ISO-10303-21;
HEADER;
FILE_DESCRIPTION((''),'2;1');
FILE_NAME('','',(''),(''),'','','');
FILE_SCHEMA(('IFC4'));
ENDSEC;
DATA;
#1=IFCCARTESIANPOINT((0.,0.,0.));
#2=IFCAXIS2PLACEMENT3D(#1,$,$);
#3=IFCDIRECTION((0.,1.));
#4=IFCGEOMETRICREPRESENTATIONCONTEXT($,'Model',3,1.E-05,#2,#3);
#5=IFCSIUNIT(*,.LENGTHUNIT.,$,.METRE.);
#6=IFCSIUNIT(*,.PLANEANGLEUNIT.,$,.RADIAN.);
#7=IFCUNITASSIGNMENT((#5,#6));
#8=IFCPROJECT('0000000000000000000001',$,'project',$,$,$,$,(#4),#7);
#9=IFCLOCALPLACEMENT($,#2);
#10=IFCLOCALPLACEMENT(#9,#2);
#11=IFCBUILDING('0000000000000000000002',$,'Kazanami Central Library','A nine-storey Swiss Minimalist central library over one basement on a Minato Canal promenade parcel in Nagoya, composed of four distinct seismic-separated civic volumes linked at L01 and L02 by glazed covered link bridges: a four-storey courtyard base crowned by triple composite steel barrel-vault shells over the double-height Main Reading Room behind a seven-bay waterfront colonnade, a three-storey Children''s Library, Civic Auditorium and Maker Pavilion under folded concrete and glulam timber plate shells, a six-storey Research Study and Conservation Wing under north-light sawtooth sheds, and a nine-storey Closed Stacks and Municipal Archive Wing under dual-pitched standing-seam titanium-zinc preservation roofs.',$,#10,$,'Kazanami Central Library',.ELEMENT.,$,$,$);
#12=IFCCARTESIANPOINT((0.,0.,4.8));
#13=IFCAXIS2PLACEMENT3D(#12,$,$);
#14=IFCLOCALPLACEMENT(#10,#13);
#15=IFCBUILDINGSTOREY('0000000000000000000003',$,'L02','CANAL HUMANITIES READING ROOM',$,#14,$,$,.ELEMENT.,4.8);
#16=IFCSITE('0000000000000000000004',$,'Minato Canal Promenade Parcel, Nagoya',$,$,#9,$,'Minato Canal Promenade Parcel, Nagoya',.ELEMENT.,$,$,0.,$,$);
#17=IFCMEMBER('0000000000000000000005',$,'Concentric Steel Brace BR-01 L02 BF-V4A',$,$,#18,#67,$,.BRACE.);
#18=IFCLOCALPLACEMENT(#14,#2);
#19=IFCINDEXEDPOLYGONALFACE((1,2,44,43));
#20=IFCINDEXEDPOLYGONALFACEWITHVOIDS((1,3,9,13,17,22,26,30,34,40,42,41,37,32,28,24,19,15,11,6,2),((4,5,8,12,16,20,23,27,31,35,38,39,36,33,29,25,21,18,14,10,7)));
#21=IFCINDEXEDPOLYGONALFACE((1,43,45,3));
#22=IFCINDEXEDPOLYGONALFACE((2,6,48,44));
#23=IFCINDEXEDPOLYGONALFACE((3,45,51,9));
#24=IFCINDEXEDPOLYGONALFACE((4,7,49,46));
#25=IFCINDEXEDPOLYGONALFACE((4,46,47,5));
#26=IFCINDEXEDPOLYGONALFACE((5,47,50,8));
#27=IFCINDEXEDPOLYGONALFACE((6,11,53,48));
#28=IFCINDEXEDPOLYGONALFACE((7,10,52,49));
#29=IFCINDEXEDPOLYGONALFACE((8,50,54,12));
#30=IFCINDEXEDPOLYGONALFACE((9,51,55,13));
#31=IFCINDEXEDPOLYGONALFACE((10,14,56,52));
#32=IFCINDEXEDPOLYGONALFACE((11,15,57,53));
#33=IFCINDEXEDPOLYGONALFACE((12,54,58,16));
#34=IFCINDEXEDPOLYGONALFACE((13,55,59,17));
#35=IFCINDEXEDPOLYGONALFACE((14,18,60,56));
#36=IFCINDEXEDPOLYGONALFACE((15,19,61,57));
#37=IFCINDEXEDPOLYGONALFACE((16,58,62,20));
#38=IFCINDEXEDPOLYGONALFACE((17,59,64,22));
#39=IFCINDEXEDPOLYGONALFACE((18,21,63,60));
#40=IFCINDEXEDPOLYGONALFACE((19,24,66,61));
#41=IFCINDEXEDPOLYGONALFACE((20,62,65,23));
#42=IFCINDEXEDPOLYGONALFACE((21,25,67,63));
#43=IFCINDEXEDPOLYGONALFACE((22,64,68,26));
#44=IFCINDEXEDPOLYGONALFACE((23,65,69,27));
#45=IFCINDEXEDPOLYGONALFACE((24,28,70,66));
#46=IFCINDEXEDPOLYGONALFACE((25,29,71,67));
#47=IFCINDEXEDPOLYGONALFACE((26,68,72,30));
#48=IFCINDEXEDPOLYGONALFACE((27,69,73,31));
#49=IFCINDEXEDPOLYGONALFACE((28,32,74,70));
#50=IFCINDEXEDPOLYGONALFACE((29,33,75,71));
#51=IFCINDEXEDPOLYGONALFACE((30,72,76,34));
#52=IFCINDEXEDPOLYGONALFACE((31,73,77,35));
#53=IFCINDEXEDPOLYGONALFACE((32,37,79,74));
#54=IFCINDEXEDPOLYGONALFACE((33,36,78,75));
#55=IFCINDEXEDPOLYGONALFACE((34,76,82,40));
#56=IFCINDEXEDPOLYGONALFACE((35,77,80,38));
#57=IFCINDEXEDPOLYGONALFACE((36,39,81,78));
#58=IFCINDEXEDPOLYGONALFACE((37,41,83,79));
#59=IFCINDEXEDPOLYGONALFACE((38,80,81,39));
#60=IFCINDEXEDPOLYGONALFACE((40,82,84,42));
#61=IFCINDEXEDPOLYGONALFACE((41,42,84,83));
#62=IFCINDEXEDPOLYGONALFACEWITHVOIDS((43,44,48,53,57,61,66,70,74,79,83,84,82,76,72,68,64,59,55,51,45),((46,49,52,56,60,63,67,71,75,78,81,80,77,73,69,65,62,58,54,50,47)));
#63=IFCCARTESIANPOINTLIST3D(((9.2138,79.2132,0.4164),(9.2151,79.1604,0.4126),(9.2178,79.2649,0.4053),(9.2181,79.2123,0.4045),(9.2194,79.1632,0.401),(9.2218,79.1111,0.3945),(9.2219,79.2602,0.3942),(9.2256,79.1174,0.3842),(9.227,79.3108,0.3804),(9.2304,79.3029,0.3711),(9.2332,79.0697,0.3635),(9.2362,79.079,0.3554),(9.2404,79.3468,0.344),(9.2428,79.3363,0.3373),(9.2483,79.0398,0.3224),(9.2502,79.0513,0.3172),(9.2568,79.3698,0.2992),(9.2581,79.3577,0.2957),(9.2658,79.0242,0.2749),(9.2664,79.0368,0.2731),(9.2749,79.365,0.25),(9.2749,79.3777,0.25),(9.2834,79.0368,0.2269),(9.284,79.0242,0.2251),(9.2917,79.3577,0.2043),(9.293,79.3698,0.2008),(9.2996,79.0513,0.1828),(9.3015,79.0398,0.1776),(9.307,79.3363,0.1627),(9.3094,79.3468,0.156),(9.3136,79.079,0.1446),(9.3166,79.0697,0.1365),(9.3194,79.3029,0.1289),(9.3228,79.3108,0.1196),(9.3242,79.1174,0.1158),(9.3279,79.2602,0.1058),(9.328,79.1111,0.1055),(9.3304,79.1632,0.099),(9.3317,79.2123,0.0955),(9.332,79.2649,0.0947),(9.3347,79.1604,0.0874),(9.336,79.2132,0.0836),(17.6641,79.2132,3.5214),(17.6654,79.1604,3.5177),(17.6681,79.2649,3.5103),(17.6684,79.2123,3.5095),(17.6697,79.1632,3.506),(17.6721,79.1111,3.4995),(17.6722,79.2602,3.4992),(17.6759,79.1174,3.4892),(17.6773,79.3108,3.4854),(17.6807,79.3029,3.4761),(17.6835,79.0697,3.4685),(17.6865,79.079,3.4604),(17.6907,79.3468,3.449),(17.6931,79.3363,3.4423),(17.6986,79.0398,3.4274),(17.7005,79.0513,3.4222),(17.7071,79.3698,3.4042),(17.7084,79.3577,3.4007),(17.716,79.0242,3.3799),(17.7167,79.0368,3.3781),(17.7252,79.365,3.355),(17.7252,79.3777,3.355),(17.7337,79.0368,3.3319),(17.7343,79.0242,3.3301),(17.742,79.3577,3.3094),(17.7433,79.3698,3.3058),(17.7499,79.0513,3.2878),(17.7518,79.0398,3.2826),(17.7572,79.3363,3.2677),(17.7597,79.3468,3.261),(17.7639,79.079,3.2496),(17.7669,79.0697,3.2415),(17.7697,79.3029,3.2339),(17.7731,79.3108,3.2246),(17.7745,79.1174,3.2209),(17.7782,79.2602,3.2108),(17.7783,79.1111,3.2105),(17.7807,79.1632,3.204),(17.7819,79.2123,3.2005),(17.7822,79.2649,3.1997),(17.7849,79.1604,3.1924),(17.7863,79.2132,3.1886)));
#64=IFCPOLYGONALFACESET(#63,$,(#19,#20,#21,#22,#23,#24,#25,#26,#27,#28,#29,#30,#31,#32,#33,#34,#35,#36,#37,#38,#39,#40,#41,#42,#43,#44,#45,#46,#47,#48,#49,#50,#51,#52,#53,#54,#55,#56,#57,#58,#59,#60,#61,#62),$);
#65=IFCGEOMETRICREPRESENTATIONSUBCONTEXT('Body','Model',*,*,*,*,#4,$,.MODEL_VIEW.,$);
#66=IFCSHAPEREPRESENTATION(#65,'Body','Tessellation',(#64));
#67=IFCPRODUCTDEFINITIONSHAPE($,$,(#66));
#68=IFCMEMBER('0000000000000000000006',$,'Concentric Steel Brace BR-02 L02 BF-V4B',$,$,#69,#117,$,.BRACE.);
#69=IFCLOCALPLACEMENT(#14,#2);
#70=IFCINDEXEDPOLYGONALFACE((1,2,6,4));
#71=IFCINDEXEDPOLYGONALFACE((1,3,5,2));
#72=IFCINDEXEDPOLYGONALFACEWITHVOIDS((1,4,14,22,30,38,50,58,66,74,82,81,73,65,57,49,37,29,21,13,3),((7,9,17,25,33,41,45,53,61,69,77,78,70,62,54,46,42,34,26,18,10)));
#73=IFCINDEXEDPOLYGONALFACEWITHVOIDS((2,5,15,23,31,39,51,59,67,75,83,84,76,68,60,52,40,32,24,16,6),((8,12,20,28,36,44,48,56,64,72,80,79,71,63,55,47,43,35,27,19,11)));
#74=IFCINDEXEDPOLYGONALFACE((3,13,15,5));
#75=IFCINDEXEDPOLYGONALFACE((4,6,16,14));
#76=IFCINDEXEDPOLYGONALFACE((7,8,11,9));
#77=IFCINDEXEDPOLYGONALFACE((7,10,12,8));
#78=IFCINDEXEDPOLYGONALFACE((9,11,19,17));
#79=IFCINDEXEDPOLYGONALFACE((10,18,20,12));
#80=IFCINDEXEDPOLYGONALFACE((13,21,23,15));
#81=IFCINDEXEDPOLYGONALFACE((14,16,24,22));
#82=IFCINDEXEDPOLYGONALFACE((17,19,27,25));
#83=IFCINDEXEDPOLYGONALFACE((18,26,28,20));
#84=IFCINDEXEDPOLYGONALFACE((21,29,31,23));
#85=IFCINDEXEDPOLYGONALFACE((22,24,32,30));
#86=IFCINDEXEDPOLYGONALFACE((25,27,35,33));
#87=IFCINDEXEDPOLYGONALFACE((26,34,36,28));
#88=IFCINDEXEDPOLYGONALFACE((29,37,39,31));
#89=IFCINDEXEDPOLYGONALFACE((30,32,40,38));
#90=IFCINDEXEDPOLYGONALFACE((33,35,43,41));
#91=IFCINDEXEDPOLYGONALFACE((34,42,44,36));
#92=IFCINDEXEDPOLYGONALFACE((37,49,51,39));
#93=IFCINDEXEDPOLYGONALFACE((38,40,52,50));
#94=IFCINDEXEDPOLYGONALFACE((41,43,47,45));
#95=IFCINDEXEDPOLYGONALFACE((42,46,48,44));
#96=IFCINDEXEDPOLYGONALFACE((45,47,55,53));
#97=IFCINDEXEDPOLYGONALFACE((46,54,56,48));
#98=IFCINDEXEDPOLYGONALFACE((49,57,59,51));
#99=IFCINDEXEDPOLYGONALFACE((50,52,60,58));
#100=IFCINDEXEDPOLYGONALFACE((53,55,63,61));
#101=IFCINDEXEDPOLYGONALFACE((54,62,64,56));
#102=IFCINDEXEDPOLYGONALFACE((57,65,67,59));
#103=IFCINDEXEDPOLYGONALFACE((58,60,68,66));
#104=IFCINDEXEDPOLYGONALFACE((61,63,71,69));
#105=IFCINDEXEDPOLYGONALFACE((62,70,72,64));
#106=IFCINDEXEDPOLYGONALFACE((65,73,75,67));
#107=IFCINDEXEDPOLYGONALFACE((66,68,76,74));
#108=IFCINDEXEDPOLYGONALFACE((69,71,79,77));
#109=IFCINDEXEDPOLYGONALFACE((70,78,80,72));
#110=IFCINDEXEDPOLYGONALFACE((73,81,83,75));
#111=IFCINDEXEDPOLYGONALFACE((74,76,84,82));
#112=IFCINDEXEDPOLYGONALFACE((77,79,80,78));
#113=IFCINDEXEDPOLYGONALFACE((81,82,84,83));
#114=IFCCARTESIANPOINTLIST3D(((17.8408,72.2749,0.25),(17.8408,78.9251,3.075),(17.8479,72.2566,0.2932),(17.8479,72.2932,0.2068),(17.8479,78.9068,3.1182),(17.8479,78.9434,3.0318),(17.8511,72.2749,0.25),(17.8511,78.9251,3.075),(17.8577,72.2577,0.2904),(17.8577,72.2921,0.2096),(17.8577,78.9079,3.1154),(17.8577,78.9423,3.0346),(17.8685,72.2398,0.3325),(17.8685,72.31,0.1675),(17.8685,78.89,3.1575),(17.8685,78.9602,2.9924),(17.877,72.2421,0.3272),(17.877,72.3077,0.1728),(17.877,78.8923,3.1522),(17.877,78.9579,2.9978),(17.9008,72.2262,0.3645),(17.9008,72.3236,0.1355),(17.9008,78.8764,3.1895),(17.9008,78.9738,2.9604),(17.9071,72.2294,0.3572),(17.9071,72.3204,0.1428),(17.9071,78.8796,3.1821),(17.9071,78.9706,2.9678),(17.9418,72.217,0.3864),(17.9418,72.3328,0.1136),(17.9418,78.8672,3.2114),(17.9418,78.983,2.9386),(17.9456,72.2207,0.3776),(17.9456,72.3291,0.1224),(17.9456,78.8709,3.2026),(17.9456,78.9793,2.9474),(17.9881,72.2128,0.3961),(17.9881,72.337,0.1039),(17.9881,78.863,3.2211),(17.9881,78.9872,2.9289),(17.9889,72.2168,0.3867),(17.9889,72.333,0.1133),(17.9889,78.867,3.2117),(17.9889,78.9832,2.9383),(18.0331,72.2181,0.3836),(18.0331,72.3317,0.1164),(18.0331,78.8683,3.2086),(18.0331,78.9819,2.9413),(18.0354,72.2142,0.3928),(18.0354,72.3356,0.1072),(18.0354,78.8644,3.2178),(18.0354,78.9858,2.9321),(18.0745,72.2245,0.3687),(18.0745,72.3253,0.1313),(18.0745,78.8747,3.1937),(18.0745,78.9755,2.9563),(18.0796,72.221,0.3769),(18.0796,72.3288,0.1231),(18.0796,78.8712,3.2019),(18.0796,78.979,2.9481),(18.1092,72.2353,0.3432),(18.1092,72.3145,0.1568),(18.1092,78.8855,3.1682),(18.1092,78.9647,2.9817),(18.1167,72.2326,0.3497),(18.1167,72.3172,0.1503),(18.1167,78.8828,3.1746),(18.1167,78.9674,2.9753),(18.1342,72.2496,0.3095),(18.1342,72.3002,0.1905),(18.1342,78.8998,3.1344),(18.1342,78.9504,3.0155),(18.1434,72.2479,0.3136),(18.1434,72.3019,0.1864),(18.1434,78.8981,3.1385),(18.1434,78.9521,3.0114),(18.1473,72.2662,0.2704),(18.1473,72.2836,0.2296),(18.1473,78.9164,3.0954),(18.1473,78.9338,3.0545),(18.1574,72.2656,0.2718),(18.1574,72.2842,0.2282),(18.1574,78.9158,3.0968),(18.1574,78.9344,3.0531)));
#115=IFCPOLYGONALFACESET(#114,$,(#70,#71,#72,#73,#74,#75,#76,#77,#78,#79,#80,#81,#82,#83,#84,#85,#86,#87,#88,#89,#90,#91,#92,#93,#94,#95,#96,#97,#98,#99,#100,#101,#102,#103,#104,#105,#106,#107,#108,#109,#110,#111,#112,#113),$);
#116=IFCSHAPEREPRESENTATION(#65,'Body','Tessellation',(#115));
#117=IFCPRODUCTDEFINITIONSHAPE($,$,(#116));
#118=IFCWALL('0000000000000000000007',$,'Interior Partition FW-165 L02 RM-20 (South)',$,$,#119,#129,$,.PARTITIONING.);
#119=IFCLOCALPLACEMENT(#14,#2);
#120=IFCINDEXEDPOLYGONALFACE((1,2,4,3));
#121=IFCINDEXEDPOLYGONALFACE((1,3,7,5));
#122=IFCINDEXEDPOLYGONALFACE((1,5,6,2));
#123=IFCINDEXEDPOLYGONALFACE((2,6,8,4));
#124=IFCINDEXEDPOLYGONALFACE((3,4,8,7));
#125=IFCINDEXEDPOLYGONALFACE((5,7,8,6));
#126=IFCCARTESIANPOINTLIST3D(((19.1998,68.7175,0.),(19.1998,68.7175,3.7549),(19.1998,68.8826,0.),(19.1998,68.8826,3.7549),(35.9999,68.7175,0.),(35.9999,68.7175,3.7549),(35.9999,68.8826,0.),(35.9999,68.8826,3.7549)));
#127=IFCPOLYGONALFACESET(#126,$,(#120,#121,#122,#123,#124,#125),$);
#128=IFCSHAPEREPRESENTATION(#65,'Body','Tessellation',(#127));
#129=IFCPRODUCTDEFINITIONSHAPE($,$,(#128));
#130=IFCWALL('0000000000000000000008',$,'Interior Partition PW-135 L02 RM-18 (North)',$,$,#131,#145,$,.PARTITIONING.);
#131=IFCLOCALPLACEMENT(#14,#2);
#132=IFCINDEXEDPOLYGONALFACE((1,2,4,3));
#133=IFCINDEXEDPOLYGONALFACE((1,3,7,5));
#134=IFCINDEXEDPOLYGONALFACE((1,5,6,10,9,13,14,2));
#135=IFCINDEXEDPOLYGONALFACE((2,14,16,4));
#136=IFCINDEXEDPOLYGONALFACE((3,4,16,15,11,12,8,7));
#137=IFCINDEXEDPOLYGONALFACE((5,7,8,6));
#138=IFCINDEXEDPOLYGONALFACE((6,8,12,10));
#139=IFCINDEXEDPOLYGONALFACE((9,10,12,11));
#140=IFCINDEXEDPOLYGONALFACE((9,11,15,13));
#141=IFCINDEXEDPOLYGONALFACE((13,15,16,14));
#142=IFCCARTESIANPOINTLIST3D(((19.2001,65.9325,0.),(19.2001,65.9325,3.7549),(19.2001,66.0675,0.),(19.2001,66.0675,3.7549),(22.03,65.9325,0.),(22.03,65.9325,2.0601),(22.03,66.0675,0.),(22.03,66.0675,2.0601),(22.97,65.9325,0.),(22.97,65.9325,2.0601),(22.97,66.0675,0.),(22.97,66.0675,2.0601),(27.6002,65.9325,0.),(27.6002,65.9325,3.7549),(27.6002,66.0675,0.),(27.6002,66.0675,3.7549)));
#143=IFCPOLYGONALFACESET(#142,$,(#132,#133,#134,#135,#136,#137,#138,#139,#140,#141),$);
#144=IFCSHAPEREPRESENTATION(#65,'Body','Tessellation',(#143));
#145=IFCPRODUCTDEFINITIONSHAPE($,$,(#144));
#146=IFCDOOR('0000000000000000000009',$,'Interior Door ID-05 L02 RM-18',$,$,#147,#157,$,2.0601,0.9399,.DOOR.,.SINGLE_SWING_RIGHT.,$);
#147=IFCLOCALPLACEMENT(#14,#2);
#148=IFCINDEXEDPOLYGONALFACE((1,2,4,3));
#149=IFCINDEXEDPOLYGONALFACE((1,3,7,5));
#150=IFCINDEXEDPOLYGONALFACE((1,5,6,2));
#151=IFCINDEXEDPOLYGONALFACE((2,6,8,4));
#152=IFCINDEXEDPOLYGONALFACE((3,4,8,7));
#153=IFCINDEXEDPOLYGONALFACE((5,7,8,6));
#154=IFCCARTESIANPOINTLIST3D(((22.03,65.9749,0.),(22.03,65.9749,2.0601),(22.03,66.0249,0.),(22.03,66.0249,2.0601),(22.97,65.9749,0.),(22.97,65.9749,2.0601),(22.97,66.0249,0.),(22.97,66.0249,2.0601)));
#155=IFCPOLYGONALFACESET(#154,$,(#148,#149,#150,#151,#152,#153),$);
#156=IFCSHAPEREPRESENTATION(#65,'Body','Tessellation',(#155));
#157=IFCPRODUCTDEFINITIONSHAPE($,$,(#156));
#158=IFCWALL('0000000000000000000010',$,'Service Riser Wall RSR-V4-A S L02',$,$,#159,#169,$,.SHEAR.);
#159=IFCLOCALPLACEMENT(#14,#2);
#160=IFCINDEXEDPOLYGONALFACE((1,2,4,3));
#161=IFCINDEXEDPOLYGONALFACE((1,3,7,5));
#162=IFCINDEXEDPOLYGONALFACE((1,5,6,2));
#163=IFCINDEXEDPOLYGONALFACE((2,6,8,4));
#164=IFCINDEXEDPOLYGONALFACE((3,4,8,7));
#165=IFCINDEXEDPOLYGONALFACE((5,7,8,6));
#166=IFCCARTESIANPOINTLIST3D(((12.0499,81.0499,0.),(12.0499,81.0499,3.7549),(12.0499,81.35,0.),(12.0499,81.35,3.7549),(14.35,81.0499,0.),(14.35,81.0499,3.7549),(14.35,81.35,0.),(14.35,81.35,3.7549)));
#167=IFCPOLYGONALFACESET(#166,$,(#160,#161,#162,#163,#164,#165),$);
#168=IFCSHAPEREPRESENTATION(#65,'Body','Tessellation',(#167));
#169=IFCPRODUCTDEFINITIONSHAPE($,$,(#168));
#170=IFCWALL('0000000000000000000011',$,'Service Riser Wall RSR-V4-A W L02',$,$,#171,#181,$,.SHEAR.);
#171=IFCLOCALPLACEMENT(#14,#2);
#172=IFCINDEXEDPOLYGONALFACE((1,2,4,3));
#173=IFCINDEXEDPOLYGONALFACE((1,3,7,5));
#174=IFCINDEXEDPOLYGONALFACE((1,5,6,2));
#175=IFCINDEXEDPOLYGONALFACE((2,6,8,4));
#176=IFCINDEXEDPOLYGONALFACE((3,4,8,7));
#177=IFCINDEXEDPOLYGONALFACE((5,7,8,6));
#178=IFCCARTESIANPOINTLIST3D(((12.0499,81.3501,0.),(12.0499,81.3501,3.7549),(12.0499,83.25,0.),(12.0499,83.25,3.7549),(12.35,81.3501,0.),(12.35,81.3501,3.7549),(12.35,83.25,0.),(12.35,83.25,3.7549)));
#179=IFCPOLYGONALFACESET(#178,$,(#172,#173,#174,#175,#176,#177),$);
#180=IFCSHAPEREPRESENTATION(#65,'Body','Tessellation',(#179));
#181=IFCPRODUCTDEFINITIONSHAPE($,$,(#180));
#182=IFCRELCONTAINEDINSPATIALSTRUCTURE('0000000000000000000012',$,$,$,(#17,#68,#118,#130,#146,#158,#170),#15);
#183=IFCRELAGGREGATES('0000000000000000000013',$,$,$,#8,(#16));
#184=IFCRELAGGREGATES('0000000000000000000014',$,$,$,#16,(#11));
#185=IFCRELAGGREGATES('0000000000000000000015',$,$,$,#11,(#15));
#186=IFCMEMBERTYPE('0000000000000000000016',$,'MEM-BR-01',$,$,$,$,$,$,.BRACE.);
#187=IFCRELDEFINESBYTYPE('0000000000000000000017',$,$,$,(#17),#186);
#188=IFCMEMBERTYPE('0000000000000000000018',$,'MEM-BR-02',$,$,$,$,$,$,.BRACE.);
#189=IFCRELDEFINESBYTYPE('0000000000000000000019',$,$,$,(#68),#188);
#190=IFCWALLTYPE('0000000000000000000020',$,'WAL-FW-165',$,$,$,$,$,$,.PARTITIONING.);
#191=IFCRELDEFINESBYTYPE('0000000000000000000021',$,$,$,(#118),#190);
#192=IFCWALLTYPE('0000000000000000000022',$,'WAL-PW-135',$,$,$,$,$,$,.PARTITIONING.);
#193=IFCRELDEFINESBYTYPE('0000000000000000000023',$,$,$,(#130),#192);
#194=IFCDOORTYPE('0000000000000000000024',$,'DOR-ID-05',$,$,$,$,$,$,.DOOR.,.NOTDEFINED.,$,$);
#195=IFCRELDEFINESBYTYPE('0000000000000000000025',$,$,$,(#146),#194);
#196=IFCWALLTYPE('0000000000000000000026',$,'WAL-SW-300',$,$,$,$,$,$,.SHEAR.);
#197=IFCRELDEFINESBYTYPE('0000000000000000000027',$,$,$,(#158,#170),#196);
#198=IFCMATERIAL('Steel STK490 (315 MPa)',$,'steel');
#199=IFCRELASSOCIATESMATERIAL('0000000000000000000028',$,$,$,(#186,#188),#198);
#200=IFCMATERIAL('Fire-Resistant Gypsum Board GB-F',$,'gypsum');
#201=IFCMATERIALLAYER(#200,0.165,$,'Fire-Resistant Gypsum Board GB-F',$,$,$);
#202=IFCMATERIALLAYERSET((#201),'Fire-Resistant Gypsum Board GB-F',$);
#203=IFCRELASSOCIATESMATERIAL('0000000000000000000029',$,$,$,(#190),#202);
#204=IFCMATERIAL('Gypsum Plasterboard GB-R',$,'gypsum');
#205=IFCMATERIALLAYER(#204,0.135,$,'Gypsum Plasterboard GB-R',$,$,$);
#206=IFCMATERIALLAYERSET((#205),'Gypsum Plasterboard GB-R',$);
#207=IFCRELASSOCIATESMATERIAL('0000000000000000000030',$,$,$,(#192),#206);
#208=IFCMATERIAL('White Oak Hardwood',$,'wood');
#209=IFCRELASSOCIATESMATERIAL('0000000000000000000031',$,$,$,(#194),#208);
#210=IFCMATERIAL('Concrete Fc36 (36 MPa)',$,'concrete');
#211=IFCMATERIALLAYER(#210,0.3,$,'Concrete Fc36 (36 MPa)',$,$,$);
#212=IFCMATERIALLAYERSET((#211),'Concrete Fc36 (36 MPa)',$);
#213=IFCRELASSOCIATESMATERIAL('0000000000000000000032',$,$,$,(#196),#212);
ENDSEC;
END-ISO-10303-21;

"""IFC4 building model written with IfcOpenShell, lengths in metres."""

from ifc_helpers import new_model, si_unit, direction, frame, frame_2d, origin, origin_2d, place, context, subcontext, project, spatial, rectangle, hollow_circle, extrude, material, layer, layer_set, material_profile, profile_set, type_object, element, fill, save


model = new_model("IFC4")

# Units and contexts
model_context = context("Model", 3, precision=1e-05, world=origin(), true_north=direction((0.0, 1.0)))
body_context = subcontext(model_context, "Body", "Model", "MODEL_VIEW")
ifc_project = project(units=[si_unit("LENGTHUNIT", "METRE"), si_unit("PLANEANGLEUNIT", "RADIAN")], contexts=[model_context])

# Site, building, storey
site_placement = place(None, origin())
site = spatial("IfcSite", under=ifc_project, at=site_placement, Name="Minato Canal Promenade Parcel, Nagoya", LongName="Minato Canal Promenade Parcel, Nagoya", CompositionType="ELEMENT", RefElevation=0.0)
building_placement = place(site_placement, origin())
building = spatial("IfcBuilding", under=site, at=building_placement, Name="Kazanami Central Library", Description="A nine-storey Swiss Minimalist central library over one basement on a Minato Canal promenade parcel in Nagoya, composed of four distinct seismic-separated civic volumes linked at L01 and L02 by glazed covered link bridges: a four-storey courtyard base crowned by triple composite steel barrel-vault shells over the double-height Main Reading Room behind a seven-bay waterfront colonnade, a three-storey Children's Library, Civic Auditorium and Maker Pavilion under folded concrete and glulam timber plate shells, a six-storey Research Study and Conservation Wing under north-light sawtooth sheds, and a nine-storey Closed Stacks and Municipal Archive Wing under dual-pitched standing-seam titanium-zinc preservation roofs.", LongName="Kazanami Central Library", CompositionType="ELEMENT")
storey_placement = place(building_placement, frame((0.0, 0.0, 4.8)))
storey = spatial("IfcBuildingStorey", under=building, at=storey_placement, Name="L02", Description="CANAL HUMANITIES READING ROOM", CompositionType="ELEMENT", Elevation=4.8)

# Members
ifc_material_1 = material(Name="Steel STK490 (315 MPa)", Category="steel")
ifc_material_profile_1 = material_profile(ifc_material_1, hollow_circle(Radius=0.1777, WallThickness=0.0127, at=origin_2d()), Name="CHS-355.6x12.7")
ifc_profile_set_1 = profile_set([ifc_material_profile_1], Name="Steel STK490 (315 MPa)")
member_type_1 = type_object("IfcMemberType", Name="MEM-BR-01", PredefinedType="BRACE", material=ifc_profile_set_1)
member_1_placement = place(storey_placement, frame((9.2749, 79.2, 0.25), z_axis=(0.93864, 0.0, 0.344898), x_axis=(0.0, 1.0, 0.0)))
element("IfcMember", 1, at=member_1_placement, inside=storey, type_object=member_type_1, Name="Concentric Steel Brace BR-01 L02 BF-V4A", PredefinedType="BRACE", context=body_context, shape_type="SweptSolid", body=[
    extrude(hollow_circle(Radius=0.1777, WallThickness=0.0127, at=origin_2d()), origin(), (0.0, 0.0, 1.0), 9.0027),
])
ifc_material_profile_2 = material_profile(ifc_material_1, hollow_circle(Radius=0.1592, WallThickness=0.0103, at=origin_2d()), Name="CHS-318.5x10.3")
ifc_profile_set_2 = profile_set([ifc_material_profile_2], Name="Steel STK490 (315 MPa)")
member_type_2 = type_object("IfcMemberType", Name="MEM-BR-02", PredefinedType="BRACE", material=ifc_profile_set_2)
member_2_placement = place(storey_placement, frame((18.0, 72.2749, 0.25), z_axis=(0.0, 0.920399, 0.390981), x_axis=(-1.0, 0.0, 0.0)))
element("IfcMember", 2, at=member_2_placement, inside=storey, type_object=member_type_2, Name="Concentric Steel Brace BR-02 L02 BF-V4B", PredefinedType="BRACE", context=body_context, shape_type="SweptSolid", body=[
    extrude(hollow_circle(Radius=0.1592, WallThickness=0.0103, at=origin_2d()), origin(), (0.0, 0.0, 1.0), 7.2253),
])

# Wall
ifc_material_2 = material(Name="Fire-Resistant Gypsum Board GB-F", Category="gypsum")
ifc_layer_1 = layer(ifc_material_2, 0.165, Name="Fire-Resistant Gypsum Board GB-F")
ifc_layer_set_1 = layer_set([ifc_layer_1], Name="Fire-Resistant Gypsum Board GB-F")
wall_type_1 = type_object("IfcWallType", Name="WAL-FW-165", PredefinedType="PARTITIONING", material=ifc_layer_set_1)
wall_1_placement = place(storey_placement, frame((19.2, 68.8, 0.0), z_axis=(0.0, 0.0, 1.0), x_axis=(1.0, 0.0, 0.0)))
element("IfcWall", 3, at=wall_1_placement, inside=storey, type_object=wall_type_1, Name="Interior Partition FW-165 L02 RM-20 (South)", PredefinedType="PARTITIONING", context=body_context, shape_type="SweptSolid", body=[
    extrude(rectangle(XDim=16.8, YDim=0.165, at=frame_2d((8.3999, 0.0))), origin(), (0.0, 0.0, 1.0), 3.7549),
])

# Wall, opening, door
ifc_material_3 = material(Name="Gypsum Plasterboard GB-R", Category="gypsum")
ifc_layer_2 = layer(ifc_material_3, 0.135, Name="Gypsum Plasterboard GB-R")
ifc_layer_set_2 = layer_set([ifc_layer_2], Name="Gypsum Plasterboard GB-R")
wall_type_2 = type_object("IfcWallType", Name="WAL-PW-135", PredefinedType="PARTITIONING", material=ifc_layer_set_2)
wall_2_placement = place(storey_placement, frame((19.2, 66.0, 0.0), z_axis=(0.0, 0.0, 1.0), x_axis=(1.0, 0.0, 0.0)))
wall_2 = element("IfcWall", 4, at=wall_2_placement, inside=storey, type_object=wall_type_2, Name="Interior Partition PW-135 L02 RM-18 (North)", PredefinedType="PARTITIONING", context=body_context, shape_type="SweptSolid", body=[
    extrude(rectangle(XDim=8.4001, YDim=0.135, at=frame_2d((4.2002, 0.0))), origin(), (0.0, 0.0, 1.0), 3.7549),
])
opening_1_placement = place(wall_2_placement, frame((2.8301, 0.0, 0.0)))
opening_1 = element("IfcOpeningElement", 5, at=opening_1_placement, cuts=wall_2, PredefinedType="OPENING", context=body_context, shape_type="SweptSolid", body=[
    extrude(rectangle(XDim=0.9399, YDim=2.0601, at=frame_2d((0.47, 1.03))), frame((0.0, 0.0796, 0.0), z_axis=(0.0, -1.0, 0.0), x_axis=(1.0, 0.0, 0.0)), (0.0, 0.0, 1.0), 0.1589),
])
ifc_material_4 = material(Name="White Oak Hardwood", Category="wood")
door_type_1 = type_object("IfcDoorType", Name="DOR-ID-05", OperationType="NOTDEFINED", PredefinedType="DOOR", material=ifc_material_4)
door_1_placement = place(opening_1_placement, origin())
door_1 = element("IfcDoor", 6, at=door_1_placement, inside=storey, type_object=door_type_1, Name="Interior Door ID-05 L02 RM-18", OperationType="SINGLE_SWING_RIGHT", OverallHeight=2.0601, OverallWidth=0.9399, PredefinedType="DOOR", context=body_context, shape_type="SweptSolid", body=[
    extrude(rectangle(XDim=0.9399, YDim=2.0601, at=frame_2d((0.47, 1.03))), frame((0.0, 0.0249, 0.0), z_axis=(0.0, -1.0, 0.0), x_axis=(1.0, 0.0, 0.0)), (0.0, 0.0, 1.0), 0.05),
])
fill(opening_1, door_1)

# Walls
ifc_material_5 = material(Name="Concrete Fc36 (36 MPa)", Category="concrete")
ifc_layer_3 = layer(ifc_material_5, 0.3, Name="Concrete Fc36 (36 MPa)")
ifc_layer_set_3 = layer_set([ifc_layer_3], Name="Concrete Fc36 (36 MPa)")
wall_type_3 = type_object("IfcWallType", Name="WAL-SW-300", PredefinedType="SHEAR", material=ifc_layer_set_3)
wall_3_placement = place(storey_placement, frame((12.05, 81.2, 0.0), z_axis=(0.0, 0.0, 1.0), x_axis=(1.0, 0.0, 0.0)))
element("IfcWall", 7, at=wall_3_placement, inside=storey, type_object=wall_type_3, Name="Service Riser Wall RSR-V4-A S L02", PredefinedType="SHEAR", context=body_context, shape_type="SweptSolid", body=[
    extrude(rectangle(XDim=2.3, YDim=0.3, at=frame_2d((1.1499, 0.0))), origin(), (0.0, 0.0, 1.0), 3.7549),
])
for number, where, z_axis, x_axis, name in (
    (8, (12.2, 81.3501, 0.0), (0.0, 0.0, 1.0), (0.0, 1.0, 0.0), "Service Riser Wall RSR-V4-A W L02"),
):
    element("IfcWall", number, at=place(storey_placement, frame(where, z_axis=z_axis, x_axis=x_axis)), inside=storey, type_object=wall_type_3, Name=name, PredefinedType="SHEAR", context=body_context, shape_type="SweptSolid", body=[
        extrude(rectangle(XDim=1.8999, YDim=0.3, at=frame_2d((0.95, 0.0))), origin(), (0.0, 0.0, 1.0), 3.7549),
    ])

save(model, "model.ifc")
